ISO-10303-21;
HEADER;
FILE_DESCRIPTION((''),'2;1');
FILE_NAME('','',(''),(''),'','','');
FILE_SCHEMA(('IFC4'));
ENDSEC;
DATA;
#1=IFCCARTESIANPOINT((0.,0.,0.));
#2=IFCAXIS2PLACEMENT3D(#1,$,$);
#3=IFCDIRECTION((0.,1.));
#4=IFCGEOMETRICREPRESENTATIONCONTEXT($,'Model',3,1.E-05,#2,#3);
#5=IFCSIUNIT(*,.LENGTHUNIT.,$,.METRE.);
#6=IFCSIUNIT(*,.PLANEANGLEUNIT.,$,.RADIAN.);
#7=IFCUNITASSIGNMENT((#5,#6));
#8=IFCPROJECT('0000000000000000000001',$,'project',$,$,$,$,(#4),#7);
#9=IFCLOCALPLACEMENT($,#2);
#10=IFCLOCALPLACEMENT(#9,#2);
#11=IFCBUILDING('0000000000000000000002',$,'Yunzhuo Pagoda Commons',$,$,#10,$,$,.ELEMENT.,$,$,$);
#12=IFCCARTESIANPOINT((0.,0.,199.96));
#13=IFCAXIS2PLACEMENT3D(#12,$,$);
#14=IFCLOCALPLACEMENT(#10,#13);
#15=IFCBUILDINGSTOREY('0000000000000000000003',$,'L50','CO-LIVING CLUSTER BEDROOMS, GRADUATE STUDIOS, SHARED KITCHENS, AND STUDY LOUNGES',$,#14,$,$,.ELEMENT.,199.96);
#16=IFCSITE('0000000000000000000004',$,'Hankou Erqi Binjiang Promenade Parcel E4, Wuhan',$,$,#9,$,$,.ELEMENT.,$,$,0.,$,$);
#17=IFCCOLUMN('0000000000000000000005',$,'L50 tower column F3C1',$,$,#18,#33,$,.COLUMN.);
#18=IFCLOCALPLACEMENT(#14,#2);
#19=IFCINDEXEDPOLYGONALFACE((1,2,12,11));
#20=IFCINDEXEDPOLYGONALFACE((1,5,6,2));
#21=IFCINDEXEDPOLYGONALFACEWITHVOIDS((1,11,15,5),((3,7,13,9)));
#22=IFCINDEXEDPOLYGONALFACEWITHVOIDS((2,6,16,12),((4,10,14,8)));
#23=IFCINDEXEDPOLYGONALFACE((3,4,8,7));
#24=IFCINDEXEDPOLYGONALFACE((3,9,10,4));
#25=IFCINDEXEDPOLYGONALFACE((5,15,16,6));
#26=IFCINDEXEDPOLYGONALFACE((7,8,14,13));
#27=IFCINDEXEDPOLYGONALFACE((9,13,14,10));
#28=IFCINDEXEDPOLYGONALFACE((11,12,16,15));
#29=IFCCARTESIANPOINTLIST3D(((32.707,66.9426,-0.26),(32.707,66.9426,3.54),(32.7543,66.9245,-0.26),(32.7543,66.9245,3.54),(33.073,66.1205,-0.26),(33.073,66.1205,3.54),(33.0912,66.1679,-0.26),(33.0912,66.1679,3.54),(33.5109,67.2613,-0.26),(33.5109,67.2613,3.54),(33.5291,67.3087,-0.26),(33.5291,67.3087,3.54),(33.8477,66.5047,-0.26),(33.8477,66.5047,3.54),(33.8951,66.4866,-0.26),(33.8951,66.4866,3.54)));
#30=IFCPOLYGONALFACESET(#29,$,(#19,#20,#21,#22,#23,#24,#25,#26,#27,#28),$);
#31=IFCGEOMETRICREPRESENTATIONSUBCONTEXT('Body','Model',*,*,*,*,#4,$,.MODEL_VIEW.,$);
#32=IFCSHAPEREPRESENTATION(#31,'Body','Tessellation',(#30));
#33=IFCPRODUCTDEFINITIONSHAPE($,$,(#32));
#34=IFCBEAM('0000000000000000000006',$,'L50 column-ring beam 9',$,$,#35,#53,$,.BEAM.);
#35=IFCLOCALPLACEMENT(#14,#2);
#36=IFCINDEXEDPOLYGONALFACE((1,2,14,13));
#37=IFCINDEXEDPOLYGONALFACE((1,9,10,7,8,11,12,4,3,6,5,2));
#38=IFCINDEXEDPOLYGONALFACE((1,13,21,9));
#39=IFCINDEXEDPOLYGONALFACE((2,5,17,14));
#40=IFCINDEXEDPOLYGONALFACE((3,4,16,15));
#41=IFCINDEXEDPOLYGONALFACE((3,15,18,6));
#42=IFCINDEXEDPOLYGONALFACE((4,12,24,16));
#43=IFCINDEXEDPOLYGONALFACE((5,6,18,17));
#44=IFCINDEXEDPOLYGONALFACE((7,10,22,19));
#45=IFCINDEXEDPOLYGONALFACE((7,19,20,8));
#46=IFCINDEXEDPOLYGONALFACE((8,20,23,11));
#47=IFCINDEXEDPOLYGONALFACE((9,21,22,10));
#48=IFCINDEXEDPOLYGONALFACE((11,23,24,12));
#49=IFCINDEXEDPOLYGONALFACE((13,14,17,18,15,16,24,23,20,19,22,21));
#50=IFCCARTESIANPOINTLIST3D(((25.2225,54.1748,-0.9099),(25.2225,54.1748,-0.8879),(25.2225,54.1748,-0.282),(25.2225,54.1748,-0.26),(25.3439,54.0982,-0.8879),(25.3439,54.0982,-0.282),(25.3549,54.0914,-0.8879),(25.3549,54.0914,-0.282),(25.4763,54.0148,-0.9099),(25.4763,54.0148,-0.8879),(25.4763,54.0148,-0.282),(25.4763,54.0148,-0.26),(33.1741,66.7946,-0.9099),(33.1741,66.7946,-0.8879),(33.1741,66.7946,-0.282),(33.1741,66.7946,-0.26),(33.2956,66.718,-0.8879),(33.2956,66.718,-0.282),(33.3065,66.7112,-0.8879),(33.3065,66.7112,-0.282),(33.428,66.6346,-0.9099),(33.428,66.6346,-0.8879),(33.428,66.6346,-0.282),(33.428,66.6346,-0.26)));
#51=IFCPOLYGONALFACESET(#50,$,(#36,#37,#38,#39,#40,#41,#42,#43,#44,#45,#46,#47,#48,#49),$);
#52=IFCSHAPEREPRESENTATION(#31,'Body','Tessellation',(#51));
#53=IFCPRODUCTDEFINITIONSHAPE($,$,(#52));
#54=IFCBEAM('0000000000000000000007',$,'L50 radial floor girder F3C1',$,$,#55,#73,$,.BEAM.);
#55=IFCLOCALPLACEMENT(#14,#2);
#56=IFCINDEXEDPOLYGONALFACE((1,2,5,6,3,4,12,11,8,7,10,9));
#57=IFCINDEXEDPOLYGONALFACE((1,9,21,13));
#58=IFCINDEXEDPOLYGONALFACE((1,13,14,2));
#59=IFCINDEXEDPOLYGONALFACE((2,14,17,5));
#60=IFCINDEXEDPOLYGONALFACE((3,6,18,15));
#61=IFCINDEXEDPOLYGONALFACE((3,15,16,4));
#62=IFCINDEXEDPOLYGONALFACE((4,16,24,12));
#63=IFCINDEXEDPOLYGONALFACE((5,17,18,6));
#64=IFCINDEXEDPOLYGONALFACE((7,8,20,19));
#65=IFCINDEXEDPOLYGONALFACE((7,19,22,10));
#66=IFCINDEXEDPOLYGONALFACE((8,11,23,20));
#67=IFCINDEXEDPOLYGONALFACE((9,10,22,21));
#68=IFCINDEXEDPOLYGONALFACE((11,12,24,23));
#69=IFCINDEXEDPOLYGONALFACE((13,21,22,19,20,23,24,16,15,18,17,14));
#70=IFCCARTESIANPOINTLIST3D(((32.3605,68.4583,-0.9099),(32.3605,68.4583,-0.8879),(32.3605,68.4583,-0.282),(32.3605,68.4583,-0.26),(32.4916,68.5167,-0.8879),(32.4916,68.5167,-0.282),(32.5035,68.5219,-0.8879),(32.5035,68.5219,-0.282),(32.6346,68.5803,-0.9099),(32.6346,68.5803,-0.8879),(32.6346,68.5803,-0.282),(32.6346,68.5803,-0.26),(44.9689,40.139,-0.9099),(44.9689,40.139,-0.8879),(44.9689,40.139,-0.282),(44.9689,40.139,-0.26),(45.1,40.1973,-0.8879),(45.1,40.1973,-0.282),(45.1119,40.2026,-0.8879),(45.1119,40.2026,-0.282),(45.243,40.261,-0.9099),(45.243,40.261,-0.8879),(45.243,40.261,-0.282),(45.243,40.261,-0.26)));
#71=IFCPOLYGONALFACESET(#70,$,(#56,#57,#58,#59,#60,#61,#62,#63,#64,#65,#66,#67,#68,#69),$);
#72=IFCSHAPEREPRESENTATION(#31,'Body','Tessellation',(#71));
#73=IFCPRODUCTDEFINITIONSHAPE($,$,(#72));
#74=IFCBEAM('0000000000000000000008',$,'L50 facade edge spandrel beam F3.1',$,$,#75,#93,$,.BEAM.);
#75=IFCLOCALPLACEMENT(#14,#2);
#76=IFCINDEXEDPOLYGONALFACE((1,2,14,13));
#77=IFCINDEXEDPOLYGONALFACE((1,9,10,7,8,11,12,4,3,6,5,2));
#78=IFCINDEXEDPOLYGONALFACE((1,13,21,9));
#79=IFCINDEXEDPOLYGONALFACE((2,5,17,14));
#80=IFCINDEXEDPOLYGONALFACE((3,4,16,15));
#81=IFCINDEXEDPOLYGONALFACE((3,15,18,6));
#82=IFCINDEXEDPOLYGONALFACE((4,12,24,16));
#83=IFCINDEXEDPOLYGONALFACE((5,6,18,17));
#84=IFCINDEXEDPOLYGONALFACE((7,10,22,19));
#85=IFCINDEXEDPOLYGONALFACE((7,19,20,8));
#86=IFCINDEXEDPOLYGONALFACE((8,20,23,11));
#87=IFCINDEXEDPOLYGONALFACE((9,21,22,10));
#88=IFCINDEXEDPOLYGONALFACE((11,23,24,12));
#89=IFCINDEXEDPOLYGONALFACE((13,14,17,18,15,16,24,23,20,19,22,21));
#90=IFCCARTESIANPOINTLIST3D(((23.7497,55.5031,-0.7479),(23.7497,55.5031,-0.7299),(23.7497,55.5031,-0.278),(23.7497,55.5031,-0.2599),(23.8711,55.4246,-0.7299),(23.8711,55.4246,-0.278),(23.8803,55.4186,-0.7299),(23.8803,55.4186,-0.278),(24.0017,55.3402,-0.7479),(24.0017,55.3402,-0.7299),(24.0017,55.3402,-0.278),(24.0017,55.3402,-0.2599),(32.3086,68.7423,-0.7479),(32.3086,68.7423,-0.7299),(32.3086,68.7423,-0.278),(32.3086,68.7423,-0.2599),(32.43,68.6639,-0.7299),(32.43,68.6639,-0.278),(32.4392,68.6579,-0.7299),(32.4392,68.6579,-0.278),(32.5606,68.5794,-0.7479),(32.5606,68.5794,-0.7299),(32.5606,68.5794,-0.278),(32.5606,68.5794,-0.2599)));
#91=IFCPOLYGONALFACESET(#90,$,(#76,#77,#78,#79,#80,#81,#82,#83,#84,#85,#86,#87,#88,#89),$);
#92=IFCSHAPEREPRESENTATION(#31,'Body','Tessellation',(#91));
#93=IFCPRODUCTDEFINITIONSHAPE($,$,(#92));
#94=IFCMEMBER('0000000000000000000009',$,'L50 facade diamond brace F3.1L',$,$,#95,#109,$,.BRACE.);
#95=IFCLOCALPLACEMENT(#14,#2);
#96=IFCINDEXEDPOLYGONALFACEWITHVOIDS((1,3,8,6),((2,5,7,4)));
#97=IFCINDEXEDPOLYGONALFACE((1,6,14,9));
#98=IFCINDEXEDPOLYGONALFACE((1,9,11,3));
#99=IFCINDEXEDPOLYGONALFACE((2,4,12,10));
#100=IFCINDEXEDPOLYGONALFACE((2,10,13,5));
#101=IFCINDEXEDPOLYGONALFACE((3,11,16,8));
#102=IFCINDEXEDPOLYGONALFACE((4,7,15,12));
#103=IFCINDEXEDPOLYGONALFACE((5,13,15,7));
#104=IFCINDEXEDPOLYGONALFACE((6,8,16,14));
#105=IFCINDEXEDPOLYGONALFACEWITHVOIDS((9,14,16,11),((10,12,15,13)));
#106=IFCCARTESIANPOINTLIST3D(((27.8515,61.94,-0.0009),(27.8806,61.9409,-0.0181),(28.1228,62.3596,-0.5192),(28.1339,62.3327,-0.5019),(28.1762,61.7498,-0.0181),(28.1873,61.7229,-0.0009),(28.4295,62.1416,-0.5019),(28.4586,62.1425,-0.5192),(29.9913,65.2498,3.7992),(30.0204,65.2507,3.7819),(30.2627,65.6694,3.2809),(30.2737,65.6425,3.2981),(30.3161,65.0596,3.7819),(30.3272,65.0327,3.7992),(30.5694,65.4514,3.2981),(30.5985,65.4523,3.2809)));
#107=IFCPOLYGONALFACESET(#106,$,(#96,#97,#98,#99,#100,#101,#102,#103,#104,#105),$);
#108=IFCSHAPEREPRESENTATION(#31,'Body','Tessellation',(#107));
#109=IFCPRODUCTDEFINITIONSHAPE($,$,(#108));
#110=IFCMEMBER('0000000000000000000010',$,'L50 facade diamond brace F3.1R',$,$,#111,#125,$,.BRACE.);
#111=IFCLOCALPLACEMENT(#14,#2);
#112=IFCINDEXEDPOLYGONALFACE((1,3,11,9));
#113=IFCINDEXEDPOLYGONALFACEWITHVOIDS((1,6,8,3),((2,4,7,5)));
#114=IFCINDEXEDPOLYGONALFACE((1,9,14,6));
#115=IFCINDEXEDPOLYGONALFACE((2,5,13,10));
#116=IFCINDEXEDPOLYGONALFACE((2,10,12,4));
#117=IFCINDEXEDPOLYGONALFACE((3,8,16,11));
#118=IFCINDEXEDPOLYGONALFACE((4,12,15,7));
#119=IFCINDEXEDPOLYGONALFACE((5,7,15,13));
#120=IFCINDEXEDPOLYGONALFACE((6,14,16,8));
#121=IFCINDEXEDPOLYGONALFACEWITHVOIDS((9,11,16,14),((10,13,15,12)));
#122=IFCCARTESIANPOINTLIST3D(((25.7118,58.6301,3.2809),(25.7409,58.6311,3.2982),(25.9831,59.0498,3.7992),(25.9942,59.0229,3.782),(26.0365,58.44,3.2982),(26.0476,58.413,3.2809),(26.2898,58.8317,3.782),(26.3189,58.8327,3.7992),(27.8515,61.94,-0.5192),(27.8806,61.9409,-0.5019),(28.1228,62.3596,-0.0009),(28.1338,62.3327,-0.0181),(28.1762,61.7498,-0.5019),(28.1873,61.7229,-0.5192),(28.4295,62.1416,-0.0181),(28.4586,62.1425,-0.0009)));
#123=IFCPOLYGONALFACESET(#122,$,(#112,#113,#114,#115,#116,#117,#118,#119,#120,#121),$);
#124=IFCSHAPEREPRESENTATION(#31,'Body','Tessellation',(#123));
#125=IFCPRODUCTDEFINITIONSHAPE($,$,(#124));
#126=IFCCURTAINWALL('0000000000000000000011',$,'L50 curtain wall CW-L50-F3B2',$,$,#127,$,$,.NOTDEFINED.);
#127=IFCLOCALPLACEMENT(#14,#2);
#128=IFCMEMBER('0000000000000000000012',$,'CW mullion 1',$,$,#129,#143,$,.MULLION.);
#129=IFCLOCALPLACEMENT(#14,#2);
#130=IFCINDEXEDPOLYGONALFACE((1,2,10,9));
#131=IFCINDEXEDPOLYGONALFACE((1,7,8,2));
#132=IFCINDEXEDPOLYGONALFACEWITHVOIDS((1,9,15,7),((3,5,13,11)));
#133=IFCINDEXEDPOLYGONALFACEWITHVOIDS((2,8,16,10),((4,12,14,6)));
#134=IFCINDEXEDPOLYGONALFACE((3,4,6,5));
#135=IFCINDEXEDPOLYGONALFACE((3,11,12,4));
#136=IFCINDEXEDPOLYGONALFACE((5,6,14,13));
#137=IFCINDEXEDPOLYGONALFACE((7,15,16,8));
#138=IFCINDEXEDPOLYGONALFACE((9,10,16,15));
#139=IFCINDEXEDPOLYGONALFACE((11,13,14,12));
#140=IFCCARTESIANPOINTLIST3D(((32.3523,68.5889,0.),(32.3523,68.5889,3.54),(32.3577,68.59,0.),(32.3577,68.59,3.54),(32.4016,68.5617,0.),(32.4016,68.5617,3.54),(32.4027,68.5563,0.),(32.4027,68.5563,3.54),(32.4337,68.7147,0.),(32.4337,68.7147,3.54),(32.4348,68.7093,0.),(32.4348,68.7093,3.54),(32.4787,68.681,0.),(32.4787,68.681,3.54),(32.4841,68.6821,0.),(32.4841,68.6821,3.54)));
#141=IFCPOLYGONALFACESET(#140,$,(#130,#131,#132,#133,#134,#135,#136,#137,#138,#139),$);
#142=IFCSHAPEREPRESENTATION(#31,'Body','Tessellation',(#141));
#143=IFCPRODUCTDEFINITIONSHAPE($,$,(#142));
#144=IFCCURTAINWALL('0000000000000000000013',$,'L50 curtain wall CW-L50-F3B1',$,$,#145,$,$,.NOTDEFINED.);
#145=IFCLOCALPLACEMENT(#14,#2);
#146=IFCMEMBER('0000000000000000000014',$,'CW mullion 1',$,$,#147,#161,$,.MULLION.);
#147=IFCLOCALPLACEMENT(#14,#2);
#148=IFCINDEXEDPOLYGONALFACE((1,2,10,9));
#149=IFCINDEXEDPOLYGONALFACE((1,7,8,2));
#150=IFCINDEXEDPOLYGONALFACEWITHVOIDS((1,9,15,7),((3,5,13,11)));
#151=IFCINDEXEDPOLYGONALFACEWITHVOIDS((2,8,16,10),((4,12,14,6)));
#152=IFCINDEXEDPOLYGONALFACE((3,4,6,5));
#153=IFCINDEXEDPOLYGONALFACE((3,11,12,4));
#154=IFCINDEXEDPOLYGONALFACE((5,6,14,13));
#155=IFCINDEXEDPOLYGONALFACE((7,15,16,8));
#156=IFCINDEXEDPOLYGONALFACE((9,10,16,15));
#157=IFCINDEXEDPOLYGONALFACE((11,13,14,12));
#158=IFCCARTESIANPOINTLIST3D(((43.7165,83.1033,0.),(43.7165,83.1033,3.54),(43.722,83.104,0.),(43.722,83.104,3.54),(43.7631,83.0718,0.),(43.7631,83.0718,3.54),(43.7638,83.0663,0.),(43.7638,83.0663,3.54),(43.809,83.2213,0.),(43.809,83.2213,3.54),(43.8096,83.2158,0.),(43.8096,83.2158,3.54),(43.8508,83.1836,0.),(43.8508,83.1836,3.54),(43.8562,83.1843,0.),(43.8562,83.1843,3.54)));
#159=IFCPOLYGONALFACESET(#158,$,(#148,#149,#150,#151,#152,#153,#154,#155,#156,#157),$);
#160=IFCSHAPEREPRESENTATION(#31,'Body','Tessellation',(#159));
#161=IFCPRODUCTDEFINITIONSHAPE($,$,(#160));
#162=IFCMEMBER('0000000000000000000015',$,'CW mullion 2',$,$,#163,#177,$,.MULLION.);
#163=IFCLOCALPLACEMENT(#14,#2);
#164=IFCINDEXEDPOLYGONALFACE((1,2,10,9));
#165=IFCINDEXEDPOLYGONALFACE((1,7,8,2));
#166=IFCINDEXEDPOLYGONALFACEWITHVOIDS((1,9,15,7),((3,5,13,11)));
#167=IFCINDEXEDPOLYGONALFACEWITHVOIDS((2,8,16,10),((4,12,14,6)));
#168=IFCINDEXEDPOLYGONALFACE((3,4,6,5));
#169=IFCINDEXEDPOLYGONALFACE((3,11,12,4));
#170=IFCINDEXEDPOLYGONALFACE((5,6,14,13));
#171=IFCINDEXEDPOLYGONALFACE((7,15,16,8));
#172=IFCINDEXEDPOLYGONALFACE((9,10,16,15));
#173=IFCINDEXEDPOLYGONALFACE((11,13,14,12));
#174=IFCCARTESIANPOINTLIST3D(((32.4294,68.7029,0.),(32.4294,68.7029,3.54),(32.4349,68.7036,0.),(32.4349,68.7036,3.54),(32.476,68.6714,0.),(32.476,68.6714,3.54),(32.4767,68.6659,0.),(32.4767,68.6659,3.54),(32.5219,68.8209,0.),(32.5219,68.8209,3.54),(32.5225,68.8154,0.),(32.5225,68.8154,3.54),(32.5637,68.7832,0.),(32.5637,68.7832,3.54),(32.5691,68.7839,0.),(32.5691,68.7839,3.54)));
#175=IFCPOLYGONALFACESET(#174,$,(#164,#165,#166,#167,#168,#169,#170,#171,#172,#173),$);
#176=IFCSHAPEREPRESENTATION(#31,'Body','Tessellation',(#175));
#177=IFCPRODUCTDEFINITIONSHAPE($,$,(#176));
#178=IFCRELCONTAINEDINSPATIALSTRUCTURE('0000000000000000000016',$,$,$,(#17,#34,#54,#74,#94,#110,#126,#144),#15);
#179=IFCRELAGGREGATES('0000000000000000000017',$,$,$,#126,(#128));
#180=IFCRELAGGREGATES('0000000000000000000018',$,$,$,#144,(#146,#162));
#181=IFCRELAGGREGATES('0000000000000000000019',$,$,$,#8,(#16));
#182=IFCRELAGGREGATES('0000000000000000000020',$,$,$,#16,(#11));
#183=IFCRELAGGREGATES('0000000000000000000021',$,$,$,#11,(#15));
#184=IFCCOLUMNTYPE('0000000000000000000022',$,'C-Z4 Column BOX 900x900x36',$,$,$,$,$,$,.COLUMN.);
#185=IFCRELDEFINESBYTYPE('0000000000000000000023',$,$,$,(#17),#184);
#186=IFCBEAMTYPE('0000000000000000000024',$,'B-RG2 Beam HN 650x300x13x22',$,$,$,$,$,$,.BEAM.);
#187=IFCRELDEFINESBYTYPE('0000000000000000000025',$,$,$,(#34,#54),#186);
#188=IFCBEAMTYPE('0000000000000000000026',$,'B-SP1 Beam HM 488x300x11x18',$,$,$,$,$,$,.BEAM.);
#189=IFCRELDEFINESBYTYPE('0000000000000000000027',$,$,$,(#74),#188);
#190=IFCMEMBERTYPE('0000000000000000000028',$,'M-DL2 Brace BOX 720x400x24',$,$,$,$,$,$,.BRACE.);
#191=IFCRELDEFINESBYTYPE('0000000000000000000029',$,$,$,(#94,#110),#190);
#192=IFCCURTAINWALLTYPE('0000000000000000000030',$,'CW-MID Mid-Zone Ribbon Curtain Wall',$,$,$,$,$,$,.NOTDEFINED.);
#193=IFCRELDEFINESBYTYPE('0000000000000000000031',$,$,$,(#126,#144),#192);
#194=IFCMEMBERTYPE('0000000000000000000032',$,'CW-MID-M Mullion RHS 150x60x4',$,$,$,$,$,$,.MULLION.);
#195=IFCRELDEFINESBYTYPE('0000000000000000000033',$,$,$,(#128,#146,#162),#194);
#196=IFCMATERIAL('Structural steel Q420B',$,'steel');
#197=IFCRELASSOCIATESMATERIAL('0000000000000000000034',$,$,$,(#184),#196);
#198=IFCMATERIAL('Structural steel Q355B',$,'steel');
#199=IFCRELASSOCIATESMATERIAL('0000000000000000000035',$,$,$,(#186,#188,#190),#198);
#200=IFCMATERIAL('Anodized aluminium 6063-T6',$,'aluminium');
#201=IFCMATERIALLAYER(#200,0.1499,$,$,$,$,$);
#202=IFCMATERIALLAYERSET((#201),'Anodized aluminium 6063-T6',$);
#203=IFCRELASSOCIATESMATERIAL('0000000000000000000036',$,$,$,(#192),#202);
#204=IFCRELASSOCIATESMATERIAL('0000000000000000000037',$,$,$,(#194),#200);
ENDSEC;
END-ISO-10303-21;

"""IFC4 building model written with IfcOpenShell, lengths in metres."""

from ifc_helpers import new_model, si_unit, direction, frame, origin, origin_2d, place, context, subcontext, project, spatial, hollow_rectangle, i_section, extrude, source, transform, mapped, material, layer, layer_set, material_profile, profile_set, type_object, element, aggregate, save


model = new_model("IFC4")

# Units and contexts
model_context = context("Model", 3, precision=1e-05, world=origin(), true_north=direction((0.0, 1.0)))
body_context = subcontext(model_context, "Body", "Model", "MODEL_VIEW")
ifc_project = project(units=[si_unit("LENGTHUNIT", "METRE"), si_unit("PLANEANGLEUNIT", "RADIAN")], contexts=[model_context])

# Site, building, storey
site_placement = place(None, origin())
site = spatial("IfcSite", under=ifc_project, at=site_placement, Name="Hankou Erqi Binjiang Promenade Parcel E4, Wuhan", CompositionType="ELEMENT", RefElevation=0.0)
building_placement = place(site_placement, origin())
building = spatial("IfcBuilding", under=site, at=building_placement, Name="Yunzhuo Pagoda Commons", CompositionType="ELEMENT")
storey_placement = place(building_placement, frame((0.0, 0.0, 199.96)))
storey = spatial("IfcBuildingStorey", under=building, at=storey_placement, Name="L50", Description="CO-LIVING CLUSTER BEDROOMS, GRADUATE STUDIOS, SHARED KITCHENS, AND STUDY LOUNGES", CompositionType="ELEMENT", Elevation=199.96)

# Column
ifc_material_1 = material(Name="Structural steel Q420B", Category="steel")
ifc_material_profile_1 = material_profile(ifc_material_1, hollow_rectangle(XDim=0.8999, YDim=0.8999, WallThickness=0.0359, at=origin_2d()), Name="Structural steel Q420B")
ifc_profile_set_1 = profile_set([ifc_material_profile_1], Name="Structural steel Q420B")
column_type = type_object("IfcColumnType", Name="C-Z4 Column BOX 900x900x36", PredefinedType="COLUMN", material=ifc_profile_set_1)
shared_shape_1 = source(origin(), body_context, "Body", "SweptSolid", [
    extrude(hollow_rectangle(XDim=0.8999, YDim=0.8999, WallThickness=0.0359, at=origin_2d()), origin(), (0.0, 0.0, 1.0), 3.8),
])
column_placement = place(storey_placement, frame((33.301, 66.7146, -0.26), z_axis=(0.0, 0.0, 1.0), x_axis=(-0.913545, -0.406737, 0.0)))
element("IfcColumn", 1, at=column_placement, inside=storey, type_object=column_type, Name="L50 tower column F3C1", PredefinedType="COLUMN", context=body_context, shape_type="MappedRepresentation", body=[
    mapped(shared_shape_1, transform((0.0, 0.0, 0.0), scale=1.0)),
])

# Beams
ifc_material_2 = material(Name="Structural steel Q355B", Category="steel")
ifc_material_profile_2 = material_profile(ifc_material_2, i_section(OverallWidth=0.3, OverallDepth=0.6499, WebThickness=0.0129, FlangeThickness=0.022, at=origin_2d()), Name="Structural steel Q355B")
ifc_profile_set_2 = profile_set([ifc_material_profile_2], Name="Structural steel Q355B")
beam_type_1 = type_object("IfcBeamType", Name="B-RG2 Beam HN 650x300x13x22", PredefinedType="BEAM", material=ifc_profile_set_2)
shared_shape_2 = source(origin(), body_context, "Body", "SweptSolid", [
    extrude(i_section(OverallWidth=0.3, OverallDepth=0.6499, WebThickness=0.0129, FlangeThickness=0.022, at=origin_2d()), origin(), (0.0, 0.0, 1.0), 14.916),
])
beam_1_placement = place(storey_placement, frame((33.301, 66.7146, -0.585), z_axis=(-0.533092, -0.846057, 0.0), x_axis=(0.846057, -0.533092, 0.0)))
element("IfcBeam", 2, at=beam_1_placement, inside=storey, type_object=beam_type_1, Name="L50 column-ring beam 9", PredefinedType="BEAM", context=body_context, shape_type="MappedRepresentation", body=[
    mapped(shared_shape_2, transform((0.0, 0.0, 0.0), scale=1.0)),
])
shared_shape_3 = source(origin(), body_context, "Body", "SweptSolid", [
    extrude(i_section(OverallWidth=0.3, OverallDepth=0.6499, WebThickness=0.0129, FlangeThickness=0.022, at=origin_2d()), origin(), (0.0, 0.0, 1.0), 30.9993),
])
beam_2_placement = place(storey_placement, frame((32.4976, 68.5193, -0.585), z_axis=(0.406732, -0.913548, 0.0), x_axis=(0.913548, 0.406732, 0.0)))
element("IfcBeam", 3, at=beam_2_placement, inside=storey, type_object=beam_type_1, Name="L50 radial floor girder F3C1", PredefinedType="BEAM", context=body_context, shape_type="MappedRepresentation", body=[
    mapped(shared_shape_3, transform((0.0, 0.0, 0.0), scale=1.0)),
])
ifc_material_profile_3 = material_profile(ifc_material_2, i_section(OverallWidth=0.3, OverallDepth=0.488, WebThickness=0.011, FlangeThickness=0.0181, at=origin_2d()), Name="Structural steel Q355B")
ifc_profile_set_3 = profile_set([ifc_material_profile_3], Name="Structural steel Q355B")
beam_type_2 = type_object("IfcBeamType", Name="B-SP1 Beam HM 488x300x11x18", PredefinedType="BEAM", material=ifc_profile_set_3)
shared_shape_4 = source(origin(), body_context, "Body", "SweptSolid", [
    extrude(i_section(OverallWidth=0.3, OverallDepth=0.488, WebThickness=0.011, FlangeThickness=0.0181, at=origin_2d()), origin(), (0.0, 0.0, 1.0), 15.7649),
])
beam_3_placement = place(storey_placement, frame((32.4346, 68.6609, -0.5039), z_axis=(-0.542905, -0.839794, 0.0), x_axis=(0.839794, -0.542905, 0.0)))
element("IfcBeam", 4, at=beam_3_placement, inside=storey, type_object=beam_type_2, Name="L50 facade edge spandrel beam F3.1", PredefinedType="BEAM", context=body_context, shape_type="MappedRepresentation", body=[
    mapped(shared_shape_4, transform((0.0, 0.0, 0.0), scale=1.0)),
])

# Members
ifc_material_profile_4 = material_profile(ifc_material_2, hollow_rectangle(XDim=0.3999, YDim=0.72, WallThickness=0.0239, at=origin_2d()), Name="Structural steel Q355B")
ifc_profile_set_4 = profile_set([ifc_material_profile_4], Name="Structural steel Q355B")
member_type_1 = type_object("IfcMemberType", Name="M-DL2 Brace BOX 720x400x24", PredefinedType="BRACE", material=ifc_profile_set_4)
shared_shape_5 = source(origin(), body_context, "Body", "SweptSolid", [
    extrude(hollow_rectangle(XDim=0.3999, YDim=0.72, WallThickness=0.0239, at=origin_2d()), origin(), (0.0, 0.0, 1.0), 5.4749),
])
for number, where, z_axis, x_axis, name in (
    (5, (28.155, 62.0413, -0.26), (0.390856, 0.604545, 0.694087), (-0.839773, 0.542938, 0.0), "L50 facade diamond brace F3.1L"),
    (6, (28.155, 62.0413, -0.26), (-0.390818, -0.604555, 0.694099), (0.839801, -0.542894, 0.0), "L50 facade diamond brace F3.1R"),
):
    element("IfcMember", number, at=place(storey_placement, frame(where, z_axis=z_axis, x_axis=x_axis)), inside=storey, type_object=member_type_1, Name=name, PredefinedType="BRACE", context=body_context, shape_type="MappedRepresentation", body=[
        mapped(shared_shape_5, transform((0.0, 0.0, 0.0), scale=1.0)),
    ])

# Curtain wall, member
ifc_material_3 = material(Name="Anodized aluminium 6063-T6", Category="aluminium")
ifc_layer_1 = layer(ifc_material_3, 0.1499)
ifc_layer_set_1 = layer_set([ifc_layer_1], Name="Anodized aluminium 6063-T6")
curtain_wall_type = type_object("IfcCurtainWallType", Name="CW-MID Mid-Zone Ribbon Curtain Wall", PredefinedType="NOTDEFINED", material=ifc_layer_set_1)
curtain_wall_1_placement = place(storey_placement, origin())
curtain_wall_1 = element("IfcCurtainWall", 7, at=curtain_wall_1_placement, inside=storey, type_object=curtain_wall_type, Name="L50 curtain wall CW-L50-F3B2", PredefinedType="NOTDEFINED")
ifc_material_profile_5 = material_profile(ifc_material_3, hollow_rectangle(XDim=0.0601, YDim=0.1499, WallThickness=0.0039, at=origin_2d()), Name="Anodized aluminium 6063-T6")
ifc_profile_set_5 = profile_set([ifc_material_profile_5], Name="Anodized aluminium 6063-T6")
member_type_2 = type_object("IfcMemberType", Name="CW-MID-M Mullion RHS 150x60x4", PredefinedType="MULLION", material=ifc_profile_set_5)
shared_shape_6 = source(origin(), body_context, "Body", "SweptSolid", [
    extrude(hollow_rectangle(XDim=0.0601, YDim=0.1499, WallThickness=0.0039, at=origin_2d()), origin(), (0.0, 0.0, 1.0), 3.54),
])
member_1_placement = place(storey_placement, frame((32.4182, 68.6355, 0.0), z_axis=(0.0, 0.0, 1.0), x_axis=(0.839794, -0.542905, 0.0)))
member_1 = element("IfcMember", 8, at=member_1_placement, type_object=member_type_2, Name="CW mullion 1", PredefinedType="MULLION", context=body_context, shape_type="MappedRepresentation", body=[
    mapped(shared_shape_6, transform((0.0, 0.0, 0.0), scale=1.0)),
])

# Curtain wall, members
curtain_wall_2_placement = place(storey_placement, origin())
curtain_wall_2 = element("IfcCurtainWall", 9, at=curtain_wall_2_placement, inside=storey, type_object=curtain_wall_type, Name="L50 curtain wall CW-L50-F3B1", PredefinedType="NOTDEFINED")
member_2_placement = place(storey_placement, frame((43.7864, 83.1438, 0.0), z_axis=(0.0, 0.0, 1.0), x_axis=(0.78705, -0.616889, 0.0)))
member_2 = element("IfcMember", 10, at=member_2_placement, type_object=member_type_2, Name="CW mullion 1", PredefinedType="MULLION", context=body_context, shape_type="MappedRepresentation", body=[
    mapped(shared_shape_6, transform((0.0, 0.0, 0.0), scale=1.0)),
])
member_3_placement = place(storey_placement, frame((32.4993, 68.7434, 0.0), z_axis=(0.0, 0.0, 1.0), x_axis=(0.78705, -0.616889, 0.0)))
member_3 = element("IfcMember", 11, at=member_3_placement, type_object=member_type_2, Name="CW mullion 2", PredefinedType="MULLION", context=body_context, shape_type="MappedRepresentation", body=[
    mapped(shared_shape_6, transform((0.0, 0.0, 0.0), scale=1.0)),
])

aggregate(curtain_wall_1, [member_1])

aggregate(curtain_wall_2, [member_2, member_3])

save(model, "model.ifc")
